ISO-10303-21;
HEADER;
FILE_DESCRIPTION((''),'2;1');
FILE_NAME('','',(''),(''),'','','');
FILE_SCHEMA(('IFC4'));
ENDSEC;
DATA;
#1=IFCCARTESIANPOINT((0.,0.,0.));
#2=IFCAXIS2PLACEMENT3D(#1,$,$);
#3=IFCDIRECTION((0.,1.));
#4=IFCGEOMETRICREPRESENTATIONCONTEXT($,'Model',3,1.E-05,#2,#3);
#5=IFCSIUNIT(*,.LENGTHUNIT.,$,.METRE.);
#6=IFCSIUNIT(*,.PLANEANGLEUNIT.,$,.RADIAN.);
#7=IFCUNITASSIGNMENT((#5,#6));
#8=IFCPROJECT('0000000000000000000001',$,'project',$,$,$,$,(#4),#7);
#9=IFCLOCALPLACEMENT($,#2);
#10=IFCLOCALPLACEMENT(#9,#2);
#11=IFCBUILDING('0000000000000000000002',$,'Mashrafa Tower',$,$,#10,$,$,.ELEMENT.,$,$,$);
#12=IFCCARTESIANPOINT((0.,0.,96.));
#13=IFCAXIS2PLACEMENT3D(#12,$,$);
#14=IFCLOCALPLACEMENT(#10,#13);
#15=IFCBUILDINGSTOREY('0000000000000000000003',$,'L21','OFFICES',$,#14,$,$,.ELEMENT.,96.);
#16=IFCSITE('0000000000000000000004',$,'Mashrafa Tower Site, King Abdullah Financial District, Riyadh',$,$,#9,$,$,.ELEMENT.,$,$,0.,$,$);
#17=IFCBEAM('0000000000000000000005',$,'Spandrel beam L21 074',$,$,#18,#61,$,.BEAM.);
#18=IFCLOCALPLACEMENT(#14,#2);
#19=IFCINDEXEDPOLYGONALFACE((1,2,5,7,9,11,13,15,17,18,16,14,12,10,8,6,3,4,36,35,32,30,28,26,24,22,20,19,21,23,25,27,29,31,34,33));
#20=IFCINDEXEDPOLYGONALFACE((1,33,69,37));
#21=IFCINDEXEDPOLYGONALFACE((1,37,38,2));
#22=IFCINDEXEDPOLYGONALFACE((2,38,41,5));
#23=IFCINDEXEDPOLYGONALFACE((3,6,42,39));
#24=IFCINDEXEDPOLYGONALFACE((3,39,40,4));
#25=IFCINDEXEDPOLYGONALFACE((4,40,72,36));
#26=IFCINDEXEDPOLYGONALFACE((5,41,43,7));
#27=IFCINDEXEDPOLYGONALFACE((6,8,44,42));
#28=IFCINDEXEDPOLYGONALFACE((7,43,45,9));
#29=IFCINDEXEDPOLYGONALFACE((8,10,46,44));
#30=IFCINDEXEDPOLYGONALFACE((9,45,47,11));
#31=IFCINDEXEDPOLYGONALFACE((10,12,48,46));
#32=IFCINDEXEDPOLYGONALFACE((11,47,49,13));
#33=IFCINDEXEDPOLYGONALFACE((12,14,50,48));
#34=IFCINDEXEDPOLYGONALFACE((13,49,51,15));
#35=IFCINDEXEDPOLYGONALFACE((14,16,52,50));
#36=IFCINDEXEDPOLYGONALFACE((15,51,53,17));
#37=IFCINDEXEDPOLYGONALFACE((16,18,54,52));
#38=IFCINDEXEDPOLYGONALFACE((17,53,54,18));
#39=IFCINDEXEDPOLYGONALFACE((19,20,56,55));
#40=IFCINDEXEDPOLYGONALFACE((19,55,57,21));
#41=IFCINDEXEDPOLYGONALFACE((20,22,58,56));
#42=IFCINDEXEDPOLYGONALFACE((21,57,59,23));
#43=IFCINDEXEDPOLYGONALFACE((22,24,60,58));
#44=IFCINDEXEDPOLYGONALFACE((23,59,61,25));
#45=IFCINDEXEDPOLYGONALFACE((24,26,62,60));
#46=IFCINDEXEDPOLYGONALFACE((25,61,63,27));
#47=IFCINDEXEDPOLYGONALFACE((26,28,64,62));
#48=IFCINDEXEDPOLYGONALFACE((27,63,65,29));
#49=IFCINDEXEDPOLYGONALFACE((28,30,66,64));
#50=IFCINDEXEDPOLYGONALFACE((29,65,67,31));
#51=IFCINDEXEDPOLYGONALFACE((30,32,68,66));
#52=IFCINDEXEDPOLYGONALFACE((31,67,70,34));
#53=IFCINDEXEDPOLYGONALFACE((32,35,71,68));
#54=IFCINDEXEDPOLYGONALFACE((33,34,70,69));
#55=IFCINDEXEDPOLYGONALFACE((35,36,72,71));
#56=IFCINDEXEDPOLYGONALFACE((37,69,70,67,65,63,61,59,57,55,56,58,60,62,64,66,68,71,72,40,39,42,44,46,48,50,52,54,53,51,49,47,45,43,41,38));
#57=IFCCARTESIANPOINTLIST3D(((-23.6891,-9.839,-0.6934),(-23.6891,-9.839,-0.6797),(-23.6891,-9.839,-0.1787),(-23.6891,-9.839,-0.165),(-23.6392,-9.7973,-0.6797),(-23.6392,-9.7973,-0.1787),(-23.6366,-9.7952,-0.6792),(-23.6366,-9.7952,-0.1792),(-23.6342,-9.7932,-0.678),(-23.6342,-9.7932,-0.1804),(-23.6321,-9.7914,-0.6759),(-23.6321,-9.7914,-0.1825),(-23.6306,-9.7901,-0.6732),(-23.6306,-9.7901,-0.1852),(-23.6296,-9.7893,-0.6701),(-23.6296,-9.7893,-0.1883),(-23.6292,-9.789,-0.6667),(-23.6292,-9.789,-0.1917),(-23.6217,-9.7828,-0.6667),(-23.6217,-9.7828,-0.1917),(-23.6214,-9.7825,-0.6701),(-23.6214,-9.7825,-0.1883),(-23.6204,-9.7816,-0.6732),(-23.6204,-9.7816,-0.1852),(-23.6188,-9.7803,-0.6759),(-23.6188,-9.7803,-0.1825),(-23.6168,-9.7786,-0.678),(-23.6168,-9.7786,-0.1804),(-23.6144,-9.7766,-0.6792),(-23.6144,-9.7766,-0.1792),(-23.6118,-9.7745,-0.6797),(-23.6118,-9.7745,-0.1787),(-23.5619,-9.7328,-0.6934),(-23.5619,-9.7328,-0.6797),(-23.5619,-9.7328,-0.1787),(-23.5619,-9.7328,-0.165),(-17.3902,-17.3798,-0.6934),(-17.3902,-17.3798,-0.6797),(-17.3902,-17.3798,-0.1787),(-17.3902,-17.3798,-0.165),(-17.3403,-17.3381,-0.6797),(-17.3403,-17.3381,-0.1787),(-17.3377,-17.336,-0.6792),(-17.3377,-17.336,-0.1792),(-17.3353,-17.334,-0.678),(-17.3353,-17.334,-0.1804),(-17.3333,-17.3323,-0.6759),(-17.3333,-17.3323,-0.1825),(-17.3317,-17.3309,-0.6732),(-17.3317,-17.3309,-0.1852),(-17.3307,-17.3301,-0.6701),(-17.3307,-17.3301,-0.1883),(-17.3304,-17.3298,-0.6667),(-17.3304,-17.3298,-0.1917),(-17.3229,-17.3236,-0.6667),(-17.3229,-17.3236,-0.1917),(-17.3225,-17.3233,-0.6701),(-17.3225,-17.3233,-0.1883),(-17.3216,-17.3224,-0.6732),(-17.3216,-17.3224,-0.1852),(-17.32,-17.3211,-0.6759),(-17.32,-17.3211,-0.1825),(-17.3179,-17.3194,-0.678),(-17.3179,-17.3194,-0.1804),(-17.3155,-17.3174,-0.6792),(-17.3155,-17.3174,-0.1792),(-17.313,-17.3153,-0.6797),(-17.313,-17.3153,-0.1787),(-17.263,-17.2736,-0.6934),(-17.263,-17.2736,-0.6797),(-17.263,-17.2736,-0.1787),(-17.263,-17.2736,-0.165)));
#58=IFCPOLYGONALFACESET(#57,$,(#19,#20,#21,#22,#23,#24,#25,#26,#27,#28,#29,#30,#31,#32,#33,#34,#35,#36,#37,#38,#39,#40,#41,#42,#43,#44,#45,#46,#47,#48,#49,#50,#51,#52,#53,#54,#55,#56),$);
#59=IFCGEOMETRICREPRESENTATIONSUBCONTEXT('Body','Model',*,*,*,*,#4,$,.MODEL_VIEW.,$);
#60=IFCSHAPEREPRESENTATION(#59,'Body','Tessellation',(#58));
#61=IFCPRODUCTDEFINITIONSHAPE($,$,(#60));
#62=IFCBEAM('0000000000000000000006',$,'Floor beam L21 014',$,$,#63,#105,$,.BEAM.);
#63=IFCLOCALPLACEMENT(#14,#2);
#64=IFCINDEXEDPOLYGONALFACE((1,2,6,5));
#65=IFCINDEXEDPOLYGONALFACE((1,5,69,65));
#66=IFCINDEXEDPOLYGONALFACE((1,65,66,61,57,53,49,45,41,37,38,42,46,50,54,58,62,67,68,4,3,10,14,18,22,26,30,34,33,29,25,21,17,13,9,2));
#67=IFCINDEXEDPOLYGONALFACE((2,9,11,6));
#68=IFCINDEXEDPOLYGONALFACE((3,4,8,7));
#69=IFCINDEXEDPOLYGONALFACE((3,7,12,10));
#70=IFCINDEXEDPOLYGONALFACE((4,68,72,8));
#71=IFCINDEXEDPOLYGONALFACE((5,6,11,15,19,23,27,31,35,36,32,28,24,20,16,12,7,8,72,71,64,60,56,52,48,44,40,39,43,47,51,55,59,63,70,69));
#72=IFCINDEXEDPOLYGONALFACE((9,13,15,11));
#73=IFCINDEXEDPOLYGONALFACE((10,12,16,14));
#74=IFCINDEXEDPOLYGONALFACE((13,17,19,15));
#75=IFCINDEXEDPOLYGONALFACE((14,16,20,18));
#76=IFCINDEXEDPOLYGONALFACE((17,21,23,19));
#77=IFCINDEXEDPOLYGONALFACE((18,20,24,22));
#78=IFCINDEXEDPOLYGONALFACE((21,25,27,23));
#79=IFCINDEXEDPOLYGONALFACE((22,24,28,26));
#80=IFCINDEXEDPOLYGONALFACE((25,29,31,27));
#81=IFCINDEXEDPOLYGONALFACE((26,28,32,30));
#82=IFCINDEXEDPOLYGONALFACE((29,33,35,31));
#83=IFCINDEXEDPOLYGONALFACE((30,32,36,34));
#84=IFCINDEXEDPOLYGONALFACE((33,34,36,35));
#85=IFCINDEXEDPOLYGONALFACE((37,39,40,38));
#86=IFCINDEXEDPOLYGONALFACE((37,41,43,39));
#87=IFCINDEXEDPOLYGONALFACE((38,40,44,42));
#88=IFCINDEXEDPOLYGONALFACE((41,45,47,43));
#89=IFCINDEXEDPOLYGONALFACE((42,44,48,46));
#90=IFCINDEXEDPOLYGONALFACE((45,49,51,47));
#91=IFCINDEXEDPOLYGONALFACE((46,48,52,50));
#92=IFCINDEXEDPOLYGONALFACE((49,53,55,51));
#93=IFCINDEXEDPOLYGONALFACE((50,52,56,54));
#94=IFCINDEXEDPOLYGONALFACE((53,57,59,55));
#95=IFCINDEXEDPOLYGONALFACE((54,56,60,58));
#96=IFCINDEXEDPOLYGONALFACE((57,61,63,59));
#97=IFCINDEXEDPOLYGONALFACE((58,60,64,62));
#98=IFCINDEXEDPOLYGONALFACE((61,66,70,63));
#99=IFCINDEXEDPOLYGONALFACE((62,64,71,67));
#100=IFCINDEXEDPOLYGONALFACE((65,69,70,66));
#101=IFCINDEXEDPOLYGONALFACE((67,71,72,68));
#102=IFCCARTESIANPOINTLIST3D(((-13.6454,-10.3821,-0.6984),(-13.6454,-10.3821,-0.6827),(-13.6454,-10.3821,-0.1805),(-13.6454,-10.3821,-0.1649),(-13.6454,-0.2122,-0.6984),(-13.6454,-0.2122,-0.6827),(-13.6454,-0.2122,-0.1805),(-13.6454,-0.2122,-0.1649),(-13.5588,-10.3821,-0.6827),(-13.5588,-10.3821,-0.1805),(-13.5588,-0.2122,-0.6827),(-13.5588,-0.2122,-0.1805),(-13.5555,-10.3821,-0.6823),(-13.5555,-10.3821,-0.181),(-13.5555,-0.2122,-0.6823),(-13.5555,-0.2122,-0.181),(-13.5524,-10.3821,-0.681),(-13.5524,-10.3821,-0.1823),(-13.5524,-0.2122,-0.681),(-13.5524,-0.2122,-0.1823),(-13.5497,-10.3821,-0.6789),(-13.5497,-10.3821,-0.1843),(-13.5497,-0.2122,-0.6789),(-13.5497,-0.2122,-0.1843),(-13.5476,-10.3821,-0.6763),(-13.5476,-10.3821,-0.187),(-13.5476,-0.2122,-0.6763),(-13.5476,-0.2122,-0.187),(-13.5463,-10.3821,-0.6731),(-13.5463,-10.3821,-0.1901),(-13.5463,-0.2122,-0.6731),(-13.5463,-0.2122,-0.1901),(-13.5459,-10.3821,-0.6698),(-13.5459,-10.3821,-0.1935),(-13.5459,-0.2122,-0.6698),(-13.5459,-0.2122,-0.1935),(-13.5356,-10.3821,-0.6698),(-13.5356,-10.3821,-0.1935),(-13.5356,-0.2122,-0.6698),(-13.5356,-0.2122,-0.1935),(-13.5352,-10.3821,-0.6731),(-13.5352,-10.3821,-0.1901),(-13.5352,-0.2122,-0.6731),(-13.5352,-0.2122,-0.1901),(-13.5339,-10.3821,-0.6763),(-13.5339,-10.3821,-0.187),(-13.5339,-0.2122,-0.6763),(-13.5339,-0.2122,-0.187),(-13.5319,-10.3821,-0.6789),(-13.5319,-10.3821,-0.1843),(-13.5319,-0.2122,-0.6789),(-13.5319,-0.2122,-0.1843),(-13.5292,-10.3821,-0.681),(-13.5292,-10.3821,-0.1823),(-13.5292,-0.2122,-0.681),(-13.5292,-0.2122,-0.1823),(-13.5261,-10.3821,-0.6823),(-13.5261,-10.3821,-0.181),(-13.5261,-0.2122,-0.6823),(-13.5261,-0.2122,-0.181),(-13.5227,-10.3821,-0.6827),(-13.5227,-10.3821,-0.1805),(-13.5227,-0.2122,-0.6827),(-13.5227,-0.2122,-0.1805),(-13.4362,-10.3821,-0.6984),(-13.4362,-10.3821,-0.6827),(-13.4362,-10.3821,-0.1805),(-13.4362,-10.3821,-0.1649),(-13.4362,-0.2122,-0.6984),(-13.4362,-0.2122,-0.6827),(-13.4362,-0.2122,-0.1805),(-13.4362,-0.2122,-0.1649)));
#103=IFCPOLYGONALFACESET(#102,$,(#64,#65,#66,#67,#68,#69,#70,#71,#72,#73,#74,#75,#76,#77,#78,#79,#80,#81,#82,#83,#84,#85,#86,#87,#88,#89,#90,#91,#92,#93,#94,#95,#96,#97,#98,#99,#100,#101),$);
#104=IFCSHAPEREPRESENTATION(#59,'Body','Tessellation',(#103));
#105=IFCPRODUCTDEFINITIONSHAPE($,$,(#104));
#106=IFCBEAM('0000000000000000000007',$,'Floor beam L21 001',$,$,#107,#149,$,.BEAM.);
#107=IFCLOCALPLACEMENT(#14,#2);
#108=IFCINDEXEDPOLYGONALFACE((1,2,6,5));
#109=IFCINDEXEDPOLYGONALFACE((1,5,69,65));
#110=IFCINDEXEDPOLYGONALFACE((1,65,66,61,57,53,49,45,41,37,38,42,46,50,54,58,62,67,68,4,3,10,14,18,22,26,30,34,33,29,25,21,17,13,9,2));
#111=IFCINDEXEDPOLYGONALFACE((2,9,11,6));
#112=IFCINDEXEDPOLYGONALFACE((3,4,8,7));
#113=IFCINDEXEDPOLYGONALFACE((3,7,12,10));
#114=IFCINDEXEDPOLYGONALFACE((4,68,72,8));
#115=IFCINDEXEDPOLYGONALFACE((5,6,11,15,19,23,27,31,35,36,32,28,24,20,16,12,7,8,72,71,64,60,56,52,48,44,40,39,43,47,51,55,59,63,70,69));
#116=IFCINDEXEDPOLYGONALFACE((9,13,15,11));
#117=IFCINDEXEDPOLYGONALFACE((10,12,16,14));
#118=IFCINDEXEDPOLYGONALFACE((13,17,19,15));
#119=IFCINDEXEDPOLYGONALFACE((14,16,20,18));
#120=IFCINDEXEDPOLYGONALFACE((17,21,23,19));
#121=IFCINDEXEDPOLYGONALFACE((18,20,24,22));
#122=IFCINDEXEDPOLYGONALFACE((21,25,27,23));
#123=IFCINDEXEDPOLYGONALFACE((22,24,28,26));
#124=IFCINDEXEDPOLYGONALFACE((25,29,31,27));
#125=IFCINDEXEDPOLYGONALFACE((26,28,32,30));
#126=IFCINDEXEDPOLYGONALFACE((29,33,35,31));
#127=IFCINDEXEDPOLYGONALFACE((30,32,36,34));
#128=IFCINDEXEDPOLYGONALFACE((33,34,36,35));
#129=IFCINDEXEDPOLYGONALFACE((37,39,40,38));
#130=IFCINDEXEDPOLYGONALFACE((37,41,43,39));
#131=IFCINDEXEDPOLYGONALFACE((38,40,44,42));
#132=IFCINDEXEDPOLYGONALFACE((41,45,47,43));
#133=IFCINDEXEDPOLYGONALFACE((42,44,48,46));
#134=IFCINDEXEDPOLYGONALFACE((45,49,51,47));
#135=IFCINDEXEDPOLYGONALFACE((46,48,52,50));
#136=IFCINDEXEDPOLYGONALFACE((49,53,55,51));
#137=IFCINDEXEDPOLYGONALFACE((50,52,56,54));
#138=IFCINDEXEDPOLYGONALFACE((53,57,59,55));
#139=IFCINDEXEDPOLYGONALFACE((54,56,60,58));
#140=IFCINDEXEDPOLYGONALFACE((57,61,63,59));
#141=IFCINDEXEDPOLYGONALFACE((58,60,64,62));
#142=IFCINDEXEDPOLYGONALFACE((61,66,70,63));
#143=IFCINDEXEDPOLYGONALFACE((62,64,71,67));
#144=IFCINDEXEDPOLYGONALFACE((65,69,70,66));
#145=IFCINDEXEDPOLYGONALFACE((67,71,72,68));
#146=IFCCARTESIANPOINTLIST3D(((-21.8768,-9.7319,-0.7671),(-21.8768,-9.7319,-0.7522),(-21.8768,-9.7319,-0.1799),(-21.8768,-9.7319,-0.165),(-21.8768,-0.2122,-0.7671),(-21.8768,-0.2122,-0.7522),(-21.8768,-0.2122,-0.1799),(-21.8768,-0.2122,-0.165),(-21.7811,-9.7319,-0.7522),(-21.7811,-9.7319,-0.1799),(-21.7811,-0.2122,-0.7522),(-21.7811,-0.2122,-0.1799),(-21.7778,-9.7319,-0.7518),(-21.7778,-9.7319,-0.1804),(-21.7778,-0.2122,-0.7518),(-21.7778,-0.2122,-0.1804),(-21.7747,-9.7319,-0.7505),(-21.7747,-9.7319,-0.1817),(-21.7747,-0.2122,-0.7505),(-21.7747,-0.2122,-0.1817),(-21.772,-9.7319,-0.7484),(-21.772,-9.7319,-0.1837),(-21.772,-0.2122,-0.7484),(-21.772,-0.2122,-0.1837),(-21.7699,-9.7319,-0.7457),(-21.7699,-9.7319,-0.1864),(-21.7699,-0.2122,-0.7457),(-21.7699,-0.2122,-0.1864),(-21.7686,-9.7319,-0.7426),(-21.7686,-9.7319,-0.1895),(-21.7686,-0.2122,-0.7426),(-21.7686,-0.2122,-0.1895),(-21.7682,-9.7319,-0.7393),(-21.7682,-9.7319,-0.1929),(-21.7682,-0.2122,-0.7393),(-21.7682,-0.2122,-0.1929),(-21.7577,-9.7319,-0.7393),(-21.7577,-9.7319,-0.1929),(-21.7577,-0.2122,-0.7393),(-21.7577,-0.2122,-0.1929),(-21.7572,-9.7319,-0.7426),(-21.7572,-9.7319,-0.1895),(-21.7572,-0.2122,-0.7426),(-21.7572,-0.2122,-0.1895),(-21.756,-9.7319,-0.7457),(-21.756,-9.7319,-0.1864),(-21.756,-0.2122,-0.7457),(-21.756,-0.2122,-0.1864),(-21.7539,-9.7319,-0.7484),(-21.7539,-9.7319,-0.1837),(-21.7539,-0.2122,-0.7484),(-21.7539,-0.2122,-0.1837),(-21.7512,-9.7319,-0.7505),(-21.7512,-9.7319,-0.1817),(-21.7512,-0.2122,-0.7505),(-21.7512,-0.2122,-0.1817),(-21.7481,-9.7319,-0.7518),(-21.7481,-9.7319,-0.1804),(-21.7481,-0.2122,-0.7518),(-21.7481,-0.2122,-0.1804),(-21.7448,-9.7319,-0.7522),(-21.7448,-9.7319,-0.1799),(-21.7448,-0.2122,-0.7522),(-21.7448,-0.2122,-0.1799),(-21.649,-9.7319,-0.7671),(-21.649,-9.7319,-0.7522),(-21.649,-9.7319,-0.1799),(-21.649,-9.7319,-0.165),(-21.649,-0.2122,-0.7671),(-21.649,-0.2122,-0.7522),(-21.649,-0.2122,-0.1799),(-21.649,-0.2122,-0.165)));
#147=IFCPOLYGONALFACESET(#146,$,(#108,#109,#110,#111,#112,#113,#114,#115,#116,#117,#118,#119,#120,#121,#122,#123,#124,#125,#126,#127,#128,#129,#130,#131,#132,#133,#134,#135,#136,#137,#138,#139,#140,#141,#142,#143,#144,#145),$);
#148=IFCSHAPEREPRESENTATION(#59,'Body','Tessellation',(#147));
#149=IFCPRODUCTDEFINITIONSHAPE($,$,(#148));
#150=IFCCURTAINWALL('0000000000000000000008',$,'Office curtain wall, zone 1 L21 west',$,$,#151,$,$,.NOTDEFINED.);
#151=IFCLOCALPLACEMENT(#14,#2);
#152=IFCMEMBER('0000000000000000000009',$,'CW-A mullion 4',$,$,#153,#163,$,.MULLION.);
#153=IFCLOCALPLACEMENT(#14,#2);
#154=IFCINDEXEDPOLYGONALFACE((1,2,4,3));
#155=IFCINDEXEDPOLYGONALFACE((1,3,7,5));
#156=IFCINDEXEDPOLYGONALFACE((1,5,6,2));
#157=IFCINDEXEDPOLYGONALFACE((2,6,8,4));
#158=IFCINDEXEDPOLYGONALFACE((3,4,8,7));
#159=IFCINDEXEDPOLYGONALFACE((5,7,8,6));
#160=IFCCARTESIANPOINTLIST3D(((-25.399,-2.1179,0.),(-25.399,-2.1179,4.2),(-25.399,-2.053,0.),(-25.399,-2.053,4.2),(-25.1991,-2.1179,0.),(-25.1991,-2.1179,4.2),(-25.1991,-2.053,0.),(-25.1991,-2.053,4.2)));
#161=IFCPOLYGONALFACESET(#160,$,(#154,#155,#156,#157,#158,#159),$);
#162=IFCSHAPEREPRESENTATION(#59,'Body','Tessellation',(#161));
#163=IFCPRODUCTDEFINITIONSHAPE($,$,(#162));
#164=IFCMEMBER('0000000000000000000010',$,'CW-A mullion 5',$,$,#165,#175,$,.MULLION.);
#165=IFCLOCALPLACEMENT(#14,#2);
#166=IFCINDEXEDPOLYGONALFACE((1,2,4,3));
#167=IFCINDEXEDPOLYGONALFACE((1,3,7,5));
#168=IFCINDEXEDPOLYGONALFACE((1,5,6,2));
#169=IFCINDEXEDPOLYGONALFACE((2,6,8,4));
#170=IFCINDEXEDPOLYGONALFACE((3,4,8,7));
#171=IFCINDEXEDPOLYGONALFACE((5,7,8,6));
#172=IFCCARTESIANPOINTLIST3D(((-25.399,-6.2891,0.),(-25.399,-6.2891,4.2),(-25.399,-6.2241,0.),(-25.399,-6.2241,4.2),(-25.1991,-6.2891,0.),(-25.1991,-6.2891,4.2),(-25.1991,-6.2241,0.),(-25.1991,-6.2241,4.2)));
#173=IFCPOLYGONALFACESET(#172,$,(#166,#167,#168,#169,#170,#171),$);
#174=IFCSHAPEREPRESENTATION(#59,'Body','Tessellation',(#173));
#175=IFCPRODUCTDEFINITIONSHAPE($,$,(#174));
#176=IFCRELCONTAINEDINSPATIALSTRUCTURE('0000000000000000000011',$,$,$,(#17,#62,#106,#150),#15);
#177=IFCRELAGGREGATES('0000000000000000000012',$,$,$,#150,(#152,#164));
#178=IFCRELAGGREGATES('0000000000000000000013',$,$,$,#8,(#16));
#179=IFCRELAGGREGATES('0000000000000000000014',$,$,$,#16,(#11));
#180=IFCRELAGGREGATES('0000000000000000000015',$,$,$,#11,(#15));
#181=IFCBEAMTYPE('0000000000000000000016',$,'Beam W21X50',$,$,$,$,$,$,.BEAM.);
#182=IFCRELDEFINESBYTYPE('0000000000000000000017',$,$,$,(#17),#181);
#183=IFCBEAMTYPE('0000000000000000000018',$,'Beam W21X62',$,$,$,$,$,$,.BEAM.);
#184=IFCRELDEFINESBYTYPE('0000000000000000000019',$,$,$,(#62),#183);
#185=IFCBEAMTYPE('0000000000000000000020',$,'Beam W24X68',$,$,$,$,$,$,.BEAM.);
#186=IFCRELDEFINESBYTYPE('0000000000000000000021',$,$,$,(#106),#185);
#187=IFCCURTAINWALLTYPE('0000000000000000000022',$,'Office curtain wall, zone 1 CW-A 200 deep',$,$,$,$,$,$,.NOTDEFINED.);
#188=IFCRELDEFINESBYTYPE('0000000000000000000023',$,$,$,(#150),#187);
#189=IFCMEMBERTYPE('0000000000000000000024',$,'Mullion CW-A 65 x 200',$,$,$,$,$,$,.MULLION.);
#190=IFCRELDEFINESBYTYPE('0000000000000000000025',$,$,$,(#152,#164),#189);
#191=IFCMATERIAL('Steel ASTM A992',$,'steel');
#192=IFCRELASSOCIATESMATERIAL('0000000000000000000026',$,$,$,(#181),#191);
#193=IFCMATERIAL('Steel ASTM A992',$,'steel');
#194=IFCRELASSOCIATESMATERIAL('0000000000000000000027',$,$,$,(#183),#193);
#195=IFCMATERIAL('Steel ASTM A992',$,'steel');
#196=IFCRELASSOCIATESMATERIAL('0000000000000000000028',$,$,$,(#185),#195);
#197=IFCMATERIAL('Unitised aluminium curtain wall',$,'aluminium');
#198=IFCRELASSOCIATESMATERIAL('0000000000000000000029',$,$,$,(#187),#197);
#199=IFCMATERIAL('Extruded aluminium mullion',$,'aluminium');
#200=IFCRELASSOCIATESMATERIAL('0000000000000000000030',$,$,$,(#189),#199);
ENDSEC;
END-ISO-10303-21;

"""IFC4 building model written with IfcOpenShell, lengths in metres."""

from ifc_helpers import new_model, si_unit, direction, frame, origin, origin_2d, place, context, subcontext, project, spatial, rectangle, i_section, extrude, source, transform, mapped, material, material_profile, profile_set, type_object, type_shapes, element, aggregate, save


model = new_model("IFC4")

# Units and contexts
model_context = context("Model", 3, precision=1e-05, world=origin(), true_north=direction((0.0, 1.0)))
body_context = subcontext(model_context, "Body", "Model", "MODEL_VIEW")
ifc_project = project(units=[si_unit("LENGTHUNIT", "METRE"), si_unit("PLANEANGLEUNIT", "RADIAN")], contexts=[model_context])

# Site, building, storey
site_placement = place(None, origin())
site = spatial("IfcSite", under=ifc_project, at=site_placement, Name="Mashrafa Tower Site, King Abdullah Financial District, Riyadh", CompositionType="ELEMENT", RefElevation=0.0)
building_placement = place(site_placement, origin())
building = spatial("IfcBuilding", under=site, at=building_placement, Name="Mashrafa Tower", CompositionType="ELEMENT")
storey_placement = place(building_placement, frame((0.0, 0.0, 96.0)))
storey = spatial("IfcBuildingStorey", under=building, at=storey_placement, Name="L21", Description="OFFICES", CompositionType="ELEMENT", Elevation=96.0)

# Beams
ifc_material_1 = material(Name="Steel ASTM A992", Category="steel")
ifc_material_profile_1 = material_profile(ifc_material_1, i_section(OverallWidth=0.1658, OverallDepth=0.5283, WebThickness=0.0098, FlangeThickness=0.0137, FilletRadius=0.0129, at=origin_2d()), Name="W21X50")
ifc_profile_set_1 = profile_set([ifc_material_profile_1], Name="Steel ASTM A992")
beam_type_1 = type_object("IfcBeamType", Name="Beam W21X50", PredefinedType="BEAM", material=ifc_profile_set_1)
beam_1_placement = place(storey_placement, frame((-23.6255, -9.7859, -0.4292), z_axis=(0.641076, -0.767477, 0.0), x_axis=(0.767477, 0.641076, 0.0)))
element("IfcBeam", 1, at=beam_1_placement, inside=storey, type_object=beam_type_1, Name="Spandrel beam L21 074", PredefinedType="BEAM", context=body_context, shape_type="SweptSolid", body=[
    extrude(i_section(OverallWidth=0.1658, OverallDepth=0.5283, WebThickness=0.0098, FlangeThickness=0.0137, FilletRadius=0.0129, at=origin_2d()), origin(), (0.0, 0.0, 1.0), 9.8254),
])
ifc_material_2 = material(Name="Steel ASTM A992", Category="steel")
ifc_material_profile_2 = material_profile(ifc_material_2, i_section(OverallWidth=0.2092, OverallDepth=0.5334, WebThickness=0.0103, FlangeThickness=0.0156, FilletRadius=0.0129, at=origin_2d()), Name="W21X62")
ifc_profile_set_2 = profile_set([ifc_material_profile_2], Name="Steel ASTM A992")
beam_type_2 = type_object("IfcBeamType", Name="Beam W21X62", PredefinedType="BEAM", material=ifc_profile_set_2)
beam_2_placement = place(storey_placement, frame((-13.5408, -10.3821, -0.4316), z_axis=(0.0, 1.0, 0.0), x_axis=(-1.0, 0.0, 0.0)))
element("IfcBeam", 2, at=beam_2_placement, inside=storey, type_object=beam_type_2, Name="Floor beam L21 014", PredefinedType="BEAM", context=body_context, shape_type="SweptSolid", body=[
    extrude(i_section(OverallWidth=0.2092, OverallDepth=0.5334, WebThickness=0.0103, FlangeThickness=0.0156, FilletRadius=0.0129, at=origin_2d()), origin(), (0.0, 0.0, 1.0), 10.1699),
])
ifc_material_3 = material(Name="Steel ASTM A992", Category="steel")
ifc_material_profile_3 = material_profile(ifc_material_3, i_section(OverallWidth=0.2278, OverallDepth=0.6021, WebThickness=0.0105, FlangeThickness=0.0149, FilletRadius=0.0129, at=origin_2d()), Name="W24X68")
ifc_profile_set_3 = profile_set([ifc_material_profile_3], Name="Steel ASTM A992")
beam_type_3 = type_object("IfcBeamType", Name="Beam W24X68", PredefinedType="BEAM", material=ifc_profile_set_3)
beam_3_placement = place(storey_placement, frame((-21.7629, -9.7319, -0.4661), z_axis=(0.0, 1.0, 0.0), x_axis=(-1.0, 0.0, 0.0)))
element("IfcBeam", 3, at=beam_3_placement, inside=storey, type_object=beam_type_3, Name="Floor beam L21 001", PredefinedType="BEAM", context=body_context, shape_type="SweptSolid", body=[
    extrude(i_section(OverallWidth=0.2278, OverallDepth=0.6021, WebThickness=0.0105, FlangeThickness=0.0149, FilletRadius=0.0129, at=origin_2d()), origin(), (0.0, 0.0, 1.0), 9.5198),
])

# Curtain wall, members
ifc_material_4 = material(Name="Unitised aluminium curtain wall", Category="aluminium")
curtain_wall_type = type_object("IfcCurtainWallType", Name="Office curtain wall, zone 1 CW-A 200 deep", PredefinedType="NOTDEFINED", material=ifc_material_4)
curtain_wall_placement = place(storey_placement, origin())
curtain_wall = element("IfcCurtainWall", 4, at=curtain_wall_placement, inside=storey, type_object=curtain_wall_type, Name="Office curtain wall, zone 1 L21 west", PredefinedType="NOTDEFINED")
ifc_material_5 = material(Name="Extruded aluminium mullion", Category="aluminium")
ifc_material_profile_4 = material_profile(ifc_material_5, rectangle(XDim=0.2, YDim=0.0649, at=origin_2d()), Name="Mullion 65x200")
ifc_profile_set_4 = profile_set([ifc_material_profile_4], Name="Extruded aluminium mullion")
member_type_1 = type_object("IfcMemberType", Name="Mullion CW-A 65 x 200", PredefinedType="MULLION", material=ifc_profile_set_4)
shared_shape_1 = source(origin(), body_context, "Body", "SweptSolid", [
    extrude(rectangle(XDim=0.2, YDim=0.0649, at=origin_2d()), origin(), (0.0, 0.0, 1.0), 4.2),
])
type_shapes(member_type_1, [shared_shape_1])
member_1_placement = place(storey_placement, frame((-25.2991, -2.0854, 0.0), z_axis=(0.0, 0.0, 1.0), x_axis=(1.0, 0.0, 0.0)))
member_1 = element("IfcMember", 5, at=member_1_placement, type_object=member_type_1, Name="CW-A mullion 4", PredefinedType="MULLION", context=body_context, shape_type="MappedRepresentation", body=[
    mapped(shared_shape_1, transform((0.0, 0.0, 0.0))),
])
member_2_placement = place(storey_placement, frame((-25.2991, -6.2566, 0.0), z_axis=(0.0, 0.0, 1.0), x_axis=(1.0, 0.0, 0.0)))
member_2 = element("IfcMember", 6, at=member_2_placement, type_object=member_type_1, Name="CW-A mullion 5", PredefinedType="MULLION", context=body_context, shape_type="MappedRepresentation", body=[
    mapped(shared_shape_1, transform((0.0, 0.0, 0.0))),
])
aggregate(curtain_wall, [member_1, member_2])

save(model, "model.ifc")
